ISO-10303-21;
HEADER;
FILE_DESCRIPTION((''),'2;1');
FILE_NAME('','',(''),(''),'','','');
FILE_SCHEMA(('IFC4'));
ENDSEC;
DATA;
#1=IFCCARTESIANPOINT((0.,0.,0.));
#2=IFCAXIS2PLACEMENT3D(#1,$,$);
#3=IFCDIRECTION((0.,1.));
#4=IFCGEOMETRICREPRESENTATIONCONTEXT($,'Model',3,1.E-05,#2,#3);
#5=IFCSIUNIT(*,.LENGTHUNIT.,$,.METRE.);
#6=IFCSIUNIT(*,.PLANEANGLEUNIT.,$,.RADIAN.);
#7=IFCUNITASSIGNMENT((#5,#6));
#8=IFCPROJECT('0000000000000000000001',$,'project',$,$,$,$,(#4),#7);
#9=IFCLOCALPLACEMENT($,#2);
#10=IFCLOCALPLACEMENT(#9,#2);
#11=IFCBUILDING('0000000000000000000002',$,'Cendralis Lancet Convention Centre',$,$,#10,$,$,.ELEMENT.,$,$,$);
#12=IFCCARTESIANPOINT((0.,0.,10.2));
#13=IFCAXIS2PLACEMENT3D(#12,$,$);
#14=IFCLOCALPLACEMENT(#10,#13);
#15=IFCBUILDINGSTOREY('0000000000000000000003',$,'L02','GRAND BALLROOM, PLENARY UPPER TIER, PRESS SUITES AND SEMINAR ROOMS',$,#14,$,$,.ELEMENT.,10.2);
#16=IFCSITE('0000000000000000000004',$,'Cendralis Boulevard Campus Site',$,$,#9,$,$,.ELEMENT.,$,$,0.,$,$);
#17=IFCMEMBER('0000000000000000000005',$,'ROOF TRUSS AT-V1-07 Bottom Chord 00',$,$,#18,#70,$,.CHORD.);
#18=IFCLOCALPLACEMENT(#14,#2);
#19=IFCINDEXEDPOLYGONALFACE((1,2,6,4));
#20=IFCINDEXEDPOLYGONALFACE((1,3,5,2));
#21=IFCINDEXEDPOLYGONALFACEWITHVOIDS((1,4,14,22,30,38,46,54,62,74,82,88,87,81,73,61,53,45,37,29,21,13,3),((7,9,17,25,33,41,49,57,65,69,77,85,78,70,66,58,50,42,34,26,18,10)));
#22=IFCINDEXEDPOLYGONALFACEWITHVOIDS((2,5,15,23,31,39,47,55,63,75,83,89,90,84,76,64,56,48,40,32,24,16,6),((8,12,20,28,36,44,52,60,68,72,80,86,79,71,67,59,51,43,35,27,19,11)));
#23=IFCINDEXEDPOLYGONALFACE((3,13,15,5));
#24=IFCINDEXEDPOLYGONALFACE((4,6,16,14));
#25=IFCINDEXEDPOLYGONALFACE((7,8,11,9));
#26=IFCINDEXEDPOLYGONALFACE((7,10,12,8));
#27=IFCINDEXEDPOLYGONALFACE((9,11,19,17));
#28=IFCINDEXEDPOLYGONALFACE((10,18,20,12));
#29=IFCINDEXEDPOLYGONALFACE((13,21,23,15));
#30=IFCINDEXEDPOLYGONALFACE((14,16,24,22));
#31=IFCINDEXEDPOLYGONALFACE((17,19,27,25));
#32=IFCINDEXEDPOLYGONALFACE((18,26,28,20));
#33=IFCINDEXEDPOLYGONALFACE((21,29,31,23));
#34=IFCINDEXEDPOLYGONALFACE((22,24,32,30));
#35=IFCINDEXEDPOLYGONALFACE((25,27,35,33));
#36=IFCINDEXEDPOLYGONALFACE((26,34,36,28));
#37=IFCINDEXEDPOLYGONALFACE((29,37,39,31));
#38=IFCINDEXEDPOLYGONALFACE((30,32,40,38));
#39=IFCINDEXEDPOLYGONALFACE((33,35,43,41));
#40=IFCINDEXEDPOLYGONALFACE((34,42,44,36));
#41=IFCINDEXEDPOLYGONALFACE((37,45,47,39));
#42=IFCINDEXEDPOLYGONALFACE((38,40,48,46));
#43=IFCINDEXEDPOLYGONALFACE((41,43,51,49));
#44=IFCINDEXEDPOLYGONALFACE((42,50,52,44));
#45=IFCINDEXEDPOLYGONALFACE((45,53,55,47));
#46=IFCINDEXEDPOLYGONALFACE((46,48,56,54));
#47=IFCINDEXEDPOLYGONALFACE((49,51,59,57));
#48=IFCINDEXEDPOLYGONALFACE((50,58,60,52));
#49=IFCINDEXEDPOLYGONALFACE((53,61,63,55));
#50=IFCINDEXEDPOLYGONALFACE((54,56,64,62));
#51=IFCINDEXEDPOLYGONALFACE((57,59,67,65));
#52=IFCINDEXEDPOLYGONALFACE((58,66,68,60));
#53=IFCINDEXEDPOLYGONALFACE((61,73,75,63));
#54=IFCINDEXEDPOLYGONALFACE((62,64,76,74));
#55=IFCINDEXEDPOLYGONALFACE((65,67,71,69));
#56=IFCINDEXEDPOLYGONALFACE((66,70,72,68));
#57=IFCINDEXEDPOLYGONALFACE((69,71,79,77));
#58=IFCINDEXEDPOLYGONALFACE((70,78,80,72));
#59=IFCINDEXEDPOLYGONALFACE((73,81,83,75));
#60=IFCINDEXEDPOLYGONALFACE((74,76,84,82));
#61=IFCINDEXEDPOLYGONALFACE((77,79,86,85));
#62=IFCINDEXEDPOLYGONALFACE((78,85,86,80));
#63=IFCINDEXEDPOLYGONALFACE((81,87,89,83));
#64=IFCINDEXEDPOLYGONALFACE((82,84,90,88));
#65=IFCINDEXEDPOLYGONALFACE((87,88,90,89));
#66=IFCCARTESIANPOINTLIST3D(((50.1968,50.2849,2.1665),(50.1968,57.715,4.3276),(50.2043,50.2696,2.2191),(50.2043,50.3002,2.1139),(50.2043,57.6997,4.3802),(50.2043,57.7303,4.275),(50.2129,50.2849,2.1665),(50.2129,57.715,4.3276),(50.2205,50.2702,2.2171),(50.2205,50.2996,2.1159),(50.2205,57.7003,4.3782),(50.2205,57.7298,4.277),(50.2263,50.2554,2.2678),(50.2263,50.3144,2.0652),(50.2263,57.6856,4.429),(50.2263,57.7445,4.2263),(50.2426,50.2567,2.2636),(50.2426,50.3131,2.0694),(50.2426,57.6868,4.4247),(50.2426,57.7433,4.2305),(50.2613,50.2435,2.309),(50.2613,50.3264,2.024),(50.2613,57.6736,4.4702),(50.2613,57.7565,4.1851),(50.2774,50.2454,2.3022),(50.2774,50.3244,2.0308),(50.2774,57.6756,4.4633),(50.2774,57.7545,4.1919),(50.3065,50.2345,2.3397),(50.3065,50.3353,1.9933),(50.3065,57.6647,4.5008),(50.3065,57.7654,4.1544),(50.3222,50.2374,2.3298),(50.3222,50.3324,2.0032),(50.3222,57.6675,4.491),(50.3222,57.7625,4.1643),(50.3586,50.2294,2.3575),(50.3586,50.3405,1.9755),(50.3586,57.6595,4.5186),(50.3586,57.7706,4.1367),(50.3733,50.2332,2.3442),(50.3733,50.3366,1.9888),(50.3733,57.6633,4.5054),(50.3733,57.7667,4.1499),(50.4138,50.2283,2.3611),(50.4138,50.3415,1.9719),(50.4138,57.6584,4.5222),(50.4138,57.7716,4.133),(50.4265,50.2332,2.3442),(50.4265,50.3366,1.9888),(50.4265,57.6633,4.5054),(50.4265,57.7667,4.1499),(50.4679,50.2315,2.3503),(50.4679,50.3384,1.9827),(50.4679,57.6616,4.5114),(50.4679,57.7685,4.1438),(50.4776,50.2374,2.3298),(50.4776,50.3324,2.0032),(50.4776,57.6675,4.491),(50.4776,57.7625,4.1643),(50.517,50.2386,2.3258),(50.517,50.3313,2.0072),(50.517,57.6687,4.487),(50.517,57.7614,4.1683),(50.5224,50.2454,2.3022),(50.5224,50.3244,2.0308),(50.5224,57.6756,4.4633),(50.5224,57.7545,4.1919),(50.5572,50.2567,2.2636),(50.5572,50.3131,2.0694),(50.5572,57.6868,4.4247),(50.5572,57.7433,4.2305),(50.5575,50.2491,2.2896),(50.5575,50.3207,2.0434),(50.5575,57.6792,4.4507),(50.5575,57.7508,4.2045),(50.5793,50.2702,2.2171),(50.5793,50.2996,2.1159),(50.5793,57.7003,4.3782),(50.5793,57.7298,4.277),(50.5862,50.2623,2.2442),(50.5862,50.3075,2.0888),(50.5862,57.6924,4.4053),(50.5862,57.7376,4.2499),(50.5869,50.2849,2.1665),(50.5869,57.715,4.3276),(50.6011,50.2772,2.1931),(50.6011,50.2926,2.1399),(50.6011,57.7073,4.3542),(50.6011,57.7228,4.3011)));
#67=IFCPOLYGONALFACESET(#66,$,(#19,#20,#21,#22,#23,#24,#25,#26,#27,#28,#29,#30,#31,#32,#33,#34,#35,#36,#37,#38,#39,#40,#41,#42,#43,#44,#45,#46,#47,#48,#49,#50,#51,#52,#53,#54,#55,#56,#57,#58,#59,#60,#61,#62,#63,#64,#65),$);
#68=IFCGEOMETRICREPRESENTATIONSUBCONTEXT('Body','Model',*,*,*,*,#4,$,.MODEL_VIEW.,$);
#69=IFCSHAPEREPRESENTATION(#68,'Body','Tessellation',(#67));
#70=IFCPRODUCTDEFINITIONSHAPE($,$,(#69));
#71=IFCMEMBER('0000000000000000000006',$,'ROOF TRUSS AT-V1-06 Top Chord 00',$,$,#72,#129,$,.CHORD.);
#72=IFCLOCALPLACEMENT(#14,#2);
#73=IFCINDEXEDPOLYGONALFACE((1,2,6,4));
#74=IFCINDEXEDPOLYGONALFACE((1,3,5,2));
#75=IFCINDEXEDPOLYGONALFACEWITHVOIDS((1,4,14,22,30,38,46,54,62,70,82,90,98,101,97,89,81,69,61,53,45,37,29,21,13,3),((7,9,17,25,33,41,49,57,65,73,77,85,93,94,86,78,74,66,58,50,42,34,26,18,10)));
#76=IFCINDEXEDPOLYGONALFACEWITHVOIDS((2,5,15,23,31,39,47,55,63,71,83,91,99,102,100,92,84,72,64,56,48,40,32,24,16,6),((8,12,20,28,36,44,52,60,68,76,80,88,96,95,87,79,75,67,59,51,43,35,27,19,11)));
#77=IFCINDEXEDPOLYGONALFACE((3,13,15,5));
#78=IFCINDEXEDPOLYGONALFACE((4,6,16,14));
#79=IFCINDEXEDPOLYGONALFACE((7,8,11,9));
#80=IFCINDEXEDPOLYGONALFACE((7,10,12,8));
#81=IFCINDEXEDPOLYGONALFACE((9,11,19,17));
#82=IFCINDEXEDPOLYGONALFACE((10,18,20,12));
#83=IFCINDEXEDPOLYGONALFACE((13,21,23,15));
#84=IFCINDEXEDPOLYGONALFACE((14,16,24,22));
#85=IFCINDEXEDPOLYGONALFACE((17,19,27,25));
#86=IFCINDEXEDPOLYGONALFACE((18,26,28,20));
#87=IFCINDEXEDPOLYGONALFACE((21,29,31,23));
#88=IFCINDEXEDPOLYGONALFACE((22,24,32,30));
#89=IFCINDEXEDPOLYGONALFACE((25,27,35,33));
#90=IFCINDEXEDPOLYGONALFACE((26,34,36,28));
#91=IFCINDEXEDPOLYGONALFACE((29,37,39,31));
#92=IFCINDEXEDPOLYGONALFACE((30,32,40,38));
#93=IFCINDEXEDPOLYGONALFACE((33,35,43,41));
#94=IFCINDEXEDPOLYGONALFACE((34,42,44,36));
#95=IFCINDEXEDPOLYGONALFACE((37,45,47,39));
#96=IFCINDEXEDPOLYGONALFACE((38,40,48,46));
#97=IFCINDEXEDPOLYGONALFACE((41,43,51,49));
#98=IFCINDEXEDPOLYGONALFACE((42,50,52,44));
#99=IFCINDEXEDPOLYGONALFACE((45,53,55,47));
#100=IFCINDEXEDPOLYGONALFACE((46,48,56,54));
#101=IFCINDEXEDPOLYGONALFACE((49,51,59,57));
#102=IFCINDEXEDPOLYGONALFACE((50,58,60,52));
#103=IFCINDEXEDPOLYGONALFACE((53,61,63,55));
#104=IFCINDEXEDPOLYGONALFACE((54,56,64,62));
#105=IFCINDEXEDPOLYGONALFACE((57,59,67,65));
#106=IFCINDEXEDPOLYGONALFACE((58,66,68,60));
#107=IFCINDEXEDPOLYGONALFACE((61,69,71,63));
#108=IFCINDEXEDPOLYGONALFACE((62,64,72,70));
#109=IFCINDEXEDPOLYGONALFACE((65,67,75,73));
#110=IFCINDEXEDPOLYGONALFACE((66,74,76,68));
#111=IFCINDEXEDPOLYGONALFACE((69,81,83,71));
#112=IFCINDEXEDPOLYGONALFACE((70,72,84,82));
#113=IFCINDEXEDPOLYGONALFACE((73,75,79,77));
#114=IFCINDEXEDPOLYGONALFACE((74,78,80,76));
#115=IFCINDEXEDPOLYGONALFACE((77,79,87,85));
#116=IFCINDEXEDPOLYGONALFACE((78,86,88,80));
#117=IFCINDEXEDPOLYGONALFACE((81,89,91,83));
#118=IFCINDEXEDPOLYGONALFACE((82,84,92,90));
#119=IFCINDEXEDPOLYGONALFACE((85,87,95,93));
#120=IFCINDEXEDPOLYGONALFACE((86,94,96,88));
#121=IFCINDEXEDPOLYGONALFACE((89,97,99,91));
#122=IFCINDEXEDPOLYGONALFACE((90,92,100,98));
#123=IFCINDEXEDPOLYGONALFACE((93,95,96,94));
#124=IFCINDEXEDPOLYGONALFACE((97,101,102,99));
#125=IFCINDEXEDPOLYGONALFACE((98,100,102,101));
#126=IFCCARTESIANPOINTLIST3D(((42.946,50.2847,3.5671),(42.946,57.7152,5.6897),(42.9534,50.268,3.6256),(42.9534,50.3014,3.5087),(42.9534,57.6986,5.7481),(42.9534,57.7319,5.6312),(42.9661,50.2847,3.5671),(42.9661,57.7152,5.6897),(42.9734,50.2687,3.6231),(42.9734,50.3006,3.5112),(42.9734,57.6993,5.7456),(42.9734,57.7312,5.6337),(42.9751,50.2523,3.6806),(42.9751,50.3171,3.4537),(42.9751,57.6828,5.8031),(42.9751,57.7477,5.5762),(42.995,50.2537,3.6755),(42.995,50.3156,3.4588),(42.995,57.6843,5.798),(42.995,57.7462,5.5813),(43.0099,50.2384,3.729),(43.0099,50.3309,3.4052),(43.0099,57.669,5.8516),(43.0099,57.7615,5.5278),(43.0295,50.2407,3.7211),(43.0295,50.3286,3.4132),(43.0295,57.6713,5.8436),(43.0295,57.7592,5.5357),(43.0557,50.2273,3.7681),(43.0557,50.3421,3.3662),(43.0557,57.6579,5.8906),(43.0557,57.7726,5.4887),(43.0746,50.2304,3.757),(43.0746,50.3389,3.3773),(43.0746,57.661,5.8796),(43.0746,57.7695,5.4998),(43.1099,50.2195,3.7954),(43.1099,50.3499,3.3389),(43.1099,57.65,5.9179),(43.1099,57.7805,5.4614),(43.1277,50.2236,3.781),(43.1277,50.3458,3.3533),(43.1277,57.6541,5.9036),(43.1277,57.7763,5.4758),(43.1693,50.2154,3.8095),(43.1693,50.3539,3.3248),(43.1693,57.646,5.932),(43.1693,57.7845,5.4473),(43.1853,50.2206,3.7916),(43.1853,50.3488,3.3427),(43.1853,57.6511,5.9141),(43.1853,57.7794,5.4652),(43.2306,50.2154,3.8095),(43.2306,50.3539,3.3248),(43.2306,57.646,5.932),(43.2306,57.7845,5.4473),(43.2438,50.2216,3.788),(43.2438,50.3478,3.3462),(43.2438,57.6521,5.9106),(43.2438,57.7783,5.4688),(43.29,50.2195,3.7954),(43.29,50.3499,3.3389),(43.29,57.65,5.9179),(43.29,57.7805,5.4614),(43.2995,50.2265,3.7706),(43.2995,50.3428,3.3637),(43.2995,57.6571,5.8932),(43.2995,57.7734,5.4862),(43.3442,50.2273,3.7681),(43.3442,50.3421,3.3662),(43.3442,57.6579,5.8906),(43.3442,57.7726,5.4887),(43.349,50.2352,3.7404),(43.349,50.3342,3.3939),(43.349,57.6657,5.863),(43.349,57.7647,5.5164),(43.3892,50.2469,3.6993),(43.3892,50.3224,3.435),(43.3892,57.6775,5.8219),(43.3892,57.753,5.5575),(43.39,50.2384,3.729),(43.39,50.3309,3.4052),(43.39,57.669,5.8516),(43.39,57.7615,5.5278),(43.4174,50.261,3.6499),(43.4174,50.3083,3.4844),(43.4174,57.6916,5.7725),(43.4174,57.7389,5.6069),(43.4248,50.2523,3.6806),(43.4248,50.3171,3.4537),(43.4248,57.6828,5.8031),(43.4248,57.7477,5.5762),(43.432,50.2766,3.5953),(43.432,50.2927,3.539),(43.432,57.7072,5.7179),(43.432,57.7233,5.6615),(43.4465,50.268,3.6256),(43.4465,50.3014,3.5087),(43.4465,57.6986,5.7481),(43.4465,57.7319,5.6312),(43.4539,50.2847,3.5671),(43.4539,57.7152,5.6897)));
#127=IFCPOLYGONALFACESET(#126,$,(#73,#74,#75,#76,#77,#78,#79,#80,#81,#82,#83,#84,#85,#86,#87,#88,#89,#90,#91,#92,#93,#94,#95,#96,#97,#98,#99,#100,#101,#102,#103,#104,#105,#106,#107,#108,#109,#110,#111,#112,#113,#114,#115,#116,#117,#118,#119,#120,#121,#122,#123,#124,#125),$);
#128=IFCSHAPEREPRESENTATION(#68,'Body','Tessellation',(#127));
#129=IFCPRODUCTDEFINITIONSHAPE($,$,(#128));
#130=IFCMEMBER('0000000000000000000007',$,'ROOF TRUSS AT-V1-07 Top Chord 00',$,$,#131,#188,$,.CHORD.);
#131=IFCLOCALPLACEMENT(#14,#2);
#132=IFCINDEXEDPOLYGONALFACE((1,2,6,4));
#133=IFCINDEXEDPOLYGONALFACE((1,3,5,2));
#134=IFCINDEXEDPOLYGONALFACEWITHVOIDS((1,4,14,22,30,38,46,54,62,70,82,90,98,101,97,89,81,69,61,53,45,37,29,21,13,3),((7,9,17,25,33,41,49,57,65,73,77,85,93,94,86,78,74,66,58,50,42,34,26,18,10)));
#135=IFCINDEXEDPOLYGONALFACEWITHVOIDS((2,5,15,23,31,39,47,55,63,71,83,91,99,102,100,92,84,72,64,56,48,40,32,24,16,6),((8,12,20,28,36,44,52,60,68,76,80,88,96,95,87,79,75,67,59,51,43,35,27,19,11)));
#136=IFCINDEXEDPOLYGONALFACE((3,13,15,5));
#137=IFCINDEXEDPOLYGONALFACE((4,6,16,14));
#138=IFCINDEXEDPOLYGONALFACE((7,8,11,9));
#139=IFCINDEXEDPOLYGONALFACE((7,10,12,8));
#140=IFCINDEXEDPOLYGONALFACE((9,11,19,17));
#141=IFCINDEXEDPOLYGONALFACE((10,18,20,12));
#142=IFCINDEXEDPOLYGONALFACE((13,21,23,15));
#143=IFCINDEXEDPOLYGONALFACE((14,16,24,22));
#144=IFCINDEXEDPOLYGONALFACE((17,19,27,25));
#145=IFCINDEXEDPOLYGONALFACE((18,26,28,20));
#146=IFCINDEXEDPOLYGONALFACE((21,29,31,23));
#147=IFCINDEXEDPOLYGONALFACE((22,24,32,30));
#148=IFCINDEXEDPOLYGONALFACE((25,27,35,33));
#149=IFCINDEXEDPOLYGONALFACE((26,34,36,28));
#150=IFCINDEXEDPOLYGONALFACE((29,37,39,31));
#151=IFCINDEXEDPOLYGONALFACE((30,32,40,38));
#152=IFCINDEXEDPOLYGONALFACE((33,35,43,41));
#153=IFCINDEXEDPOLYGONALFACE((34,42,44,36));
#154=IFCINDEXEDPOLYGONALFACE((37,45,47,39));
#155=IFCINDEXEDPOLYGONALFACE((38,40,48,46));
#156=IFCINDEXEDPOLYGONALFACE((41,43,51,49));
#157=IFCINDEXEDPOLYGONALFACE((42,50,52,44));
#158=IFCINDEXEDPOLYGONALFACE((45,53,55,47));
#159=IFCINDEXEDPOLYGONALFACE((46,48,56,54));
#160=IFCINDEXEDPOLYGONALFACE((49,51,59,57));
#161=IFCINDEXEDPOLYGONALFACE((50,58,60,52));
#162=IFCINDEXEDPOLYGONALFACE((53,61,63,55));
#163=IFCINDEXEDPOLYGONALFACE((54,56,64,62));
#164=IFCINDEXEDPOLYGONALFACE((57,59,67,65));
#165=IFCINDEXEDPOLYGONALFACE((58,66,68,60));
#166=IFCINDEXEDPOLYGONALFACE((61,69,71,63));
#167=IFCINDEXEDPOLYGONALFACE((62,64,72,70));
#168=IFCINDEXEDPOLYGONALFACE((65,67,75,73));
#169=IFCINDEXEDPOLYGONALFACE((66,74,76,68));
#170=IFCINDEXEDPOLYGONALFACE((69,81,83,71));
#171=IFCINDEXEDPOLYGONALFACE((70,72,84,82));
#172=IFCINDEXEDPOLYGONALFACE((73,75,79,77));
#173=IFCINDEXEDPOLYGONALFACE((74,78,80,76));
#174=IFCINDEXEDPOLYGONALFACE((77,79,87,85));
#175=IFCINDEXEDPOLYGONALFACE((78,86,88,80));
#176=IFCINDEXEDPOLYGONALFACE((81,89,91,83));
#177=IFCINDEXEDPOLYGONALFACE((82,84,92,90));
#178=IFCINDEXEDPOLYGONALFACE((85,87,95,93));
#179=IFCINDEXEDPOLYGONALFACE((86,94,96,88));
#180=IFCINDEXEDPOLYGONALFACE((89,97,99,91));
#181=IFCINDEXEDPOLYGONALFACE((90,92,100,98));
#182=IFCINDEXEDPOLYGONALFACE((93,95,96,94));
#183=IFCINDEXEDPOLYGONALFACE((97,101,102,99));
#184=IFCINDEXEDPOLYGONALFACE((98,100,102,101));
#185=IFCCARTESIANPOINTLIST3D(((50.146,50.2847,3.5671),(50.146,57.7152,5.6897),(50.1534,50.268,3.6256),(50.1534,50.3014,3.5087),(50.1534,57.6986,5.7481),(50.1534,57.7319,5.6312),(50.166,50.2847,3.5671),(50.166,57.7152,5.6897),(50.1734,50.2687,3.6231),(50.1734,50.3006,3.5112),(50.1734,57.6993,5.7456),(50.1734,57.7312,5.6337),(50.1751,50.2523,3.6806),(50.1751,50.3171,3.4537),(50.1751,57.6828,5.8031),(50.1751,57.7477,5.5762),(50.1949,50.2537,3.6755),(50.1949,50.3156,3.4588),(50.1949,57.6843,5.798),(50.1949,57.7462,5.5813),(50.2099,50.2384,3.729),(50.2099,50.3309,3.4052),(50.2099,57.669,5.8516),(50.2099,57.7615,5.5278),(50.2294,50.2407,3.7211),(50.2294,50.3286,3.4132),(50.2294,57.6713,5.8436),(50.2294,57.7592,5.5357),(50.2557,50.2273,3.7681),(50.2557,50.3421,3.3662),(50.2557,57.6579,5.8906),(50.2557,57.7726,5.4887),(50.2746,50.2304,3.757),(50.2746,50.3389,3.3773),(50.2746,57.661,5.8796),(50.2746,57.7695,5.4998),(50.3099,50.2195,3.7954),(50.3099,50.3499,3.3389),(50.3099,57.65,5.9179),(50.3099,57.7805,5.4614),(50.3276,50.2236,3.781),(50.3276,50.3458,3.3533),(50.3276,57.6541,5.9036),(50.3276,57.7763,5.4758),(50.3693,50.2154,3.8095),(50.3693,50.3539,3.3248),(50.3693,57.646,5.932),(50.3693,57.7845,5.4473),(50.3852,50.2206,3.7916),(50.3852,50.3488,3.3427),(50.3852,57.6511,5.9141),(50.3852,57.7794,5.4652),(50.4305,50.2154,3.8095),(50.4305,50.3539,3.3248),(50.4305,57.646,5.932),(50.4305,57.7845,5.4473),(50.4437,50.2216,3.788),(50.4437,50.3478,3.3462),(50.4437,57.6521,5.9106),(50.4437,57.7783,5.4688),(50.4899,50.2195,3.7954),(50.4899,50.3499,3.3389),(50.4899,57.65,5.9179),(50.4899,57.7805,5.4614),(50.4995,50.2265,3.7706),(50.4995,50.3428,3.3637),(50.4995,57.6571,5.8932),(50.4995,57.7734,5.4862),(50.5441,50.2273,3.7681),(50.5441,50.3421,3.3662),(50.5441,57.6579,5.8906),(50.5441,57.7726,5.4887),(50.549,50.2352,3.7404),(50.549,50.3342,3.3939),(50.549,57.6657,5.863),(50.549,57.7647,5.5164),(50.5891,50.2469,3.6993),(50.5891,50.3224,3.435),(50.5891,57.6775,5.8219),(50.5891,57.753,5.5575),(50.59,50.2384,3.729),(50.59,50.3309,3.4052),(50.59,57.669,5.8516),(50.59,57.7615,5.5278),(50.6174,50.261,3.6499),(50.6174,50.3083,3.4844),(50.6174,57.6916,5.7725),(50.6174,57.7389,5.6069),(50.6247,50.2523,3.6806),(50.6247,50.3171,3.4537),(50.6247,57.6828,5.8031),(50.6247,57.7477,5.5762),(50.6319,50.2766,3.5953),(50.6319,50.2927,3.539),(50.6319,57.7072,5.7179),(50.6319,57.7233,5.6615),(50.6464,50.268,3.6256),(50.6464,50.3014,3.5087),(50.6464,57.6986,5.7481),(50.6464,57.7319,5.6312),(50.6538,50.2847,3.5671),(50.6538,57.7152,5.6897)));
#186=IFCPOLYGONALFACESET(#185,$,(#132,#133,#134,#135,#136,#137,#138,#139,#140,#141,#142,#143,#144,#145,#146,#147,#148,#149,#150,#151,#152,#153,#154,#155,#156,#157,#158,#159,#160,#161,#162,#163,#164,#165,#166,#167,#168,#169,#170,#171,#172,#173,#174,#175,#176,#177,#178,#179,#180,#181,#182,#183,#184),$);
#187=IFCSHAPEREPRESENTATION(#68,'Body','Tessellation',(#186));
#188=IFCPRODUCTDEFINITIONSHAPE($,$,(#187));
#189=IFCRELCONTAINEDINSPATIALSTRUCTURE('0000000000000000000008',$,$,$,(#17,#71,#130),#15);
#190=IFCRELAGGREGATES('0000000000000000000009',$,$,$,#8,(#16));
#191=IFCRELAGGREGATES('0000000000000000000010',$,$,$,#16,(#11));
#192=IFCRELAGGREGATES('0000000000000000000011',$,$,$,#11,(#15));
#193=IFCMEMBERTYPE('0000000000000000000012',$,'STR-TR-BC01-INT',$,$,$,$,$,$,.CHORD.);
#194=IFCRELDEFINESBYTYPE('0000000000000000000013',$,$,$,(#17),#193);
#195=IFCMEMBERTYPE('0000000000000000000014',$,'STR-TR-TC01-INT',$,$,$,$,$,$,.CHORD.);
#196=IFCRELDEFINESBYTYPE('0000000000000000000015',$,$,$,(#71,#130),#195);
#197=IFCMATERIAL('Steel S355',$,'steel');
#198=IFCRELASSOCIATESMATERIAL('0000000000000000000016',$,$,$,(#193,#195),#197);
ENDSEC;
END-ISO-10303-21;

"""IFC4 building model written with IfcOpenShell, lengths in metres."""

from ifc_helpers import new_model, si_unit, direction, frame, origin, origin_2d, place, context, subcontext, project, spatial, hollow_circle, extrude, material, material_profile, profile_set, type_object, element, save


model = new_model("IFC4")

# Units and contexts
model_context = context("Model", 3, precision=1e-05, world=origin(), true_north=direction((0.0, 1.0)))
body_context = subcontext(model_context, "Body", "Model", "MODEL_VIEW")
ifc_project = project(units=[si_unit("LENGTHUNIT", "METRE"), si_unit("PLANEANGLEUNIT", "RADIAN")], contexts=[model_context])

# Site, building, storey
site_placement = place(None, origin())
site = spatial("IfcSite", under=ifc_project, at=site_placement, Name="Cendralis Boulevard Campus Site", CompositionType="ELEMENT", RefElevation=0.0)
building_placement = place(site_placement, origin())
building = spatial("IfcBuilding", under=site, at=building_placement, Name="Cendralis Lancet Convention Centre", CompositionType="ELEMENT")
storey_placement = place(building_placement, frame((0.0, 0.0, 10.2)))
storey = spatial("IfcBuildingStorey", under=building, at=storey_placement, Name="L02", Description="GRAND BALLROOM, PLENARY UPPER TIER, PRESS SUITES AND SEMINAR ROOMS", CompositionType="ELEMENT", Elevation=10.2)

# Shared definitions
ifc_material_1 = material(Name="Steel S355", Category="steel")

# Members
ifc_material_profile_1 = material_profile(ifc_material_1, hollow_circle(Radius=0.2031, WallThickness=0.0161, at=origin_2d()), Name="CHS 406.4x16.0")
ifc_profile_set_1 = profile_set([ifc_material_profile_1], Name="Steel S355")
member_type_1 = type_object("IfcMemberType", Name="STR-TR-BC01-INT", PredefinedType="CHORD", material=ifc_profile_set_1)
for number, where, z_axis, x_axis, name in (
    (1, (50.3999, 50.2849, 2.1665), (0.0, 0.960208, 0.279285), (-1.0, 0.0, 0.0), "ROOF TRUSS AT-V1-07 Bottom Chord 00"),
):
    element("IfcMember", number, at=place(storey_placement, frame(where, z_axis=z_axis, x_axis=x_axis)), inside=storey, type_object=member_type_1, Name=name, PredefinedType="CHORD", context=body_context, shape_type="SweptSolid", body=[
        extrude(hollow_circle(Radius=0.2031, WallThickness=0.0161, at=origin_2d()), origin(), (0.0, 0.0, 1.0), 7.738),
    ])
ifc_material_profile_2 = material_profile(ifc_material_1, hollow_circle(Radius=0.2539, WallThickness=0.02, at=origin_2d()), Name="CHS 508.0x20.0")
ifc_profile_set_2 = profile_set([ifc_material_profile_2], Name="Steel S355")
member_type_2 = type_object("IfcMemberType", Name="STR-TR-TC01-INT", PredefinedType="CHORD", material=ifc_profile_set_2)
for number, where, z_axis, x_axis, name in (
    (2, (43.2, 50.2847, 3.5671), (0.0, 0.961541, 0.274663), (-1.0, 0.0, 0.0), "ROOF TRUSS AT-V1-06 Top Chord 00"),
    (3, (50.3999, 50.2847, 3.5671), (0.0, 0.961541, 0.274663), (-1.0, 0.0, 0.0), "ROOF TRUSS AT-V1-07 Top Chord 00"),
):
    element("IfcMember", number, at=place(storey_placement, frame(where, z_axis=z_axis, x_axis=x_axis)), inside=storey, type_object=member_type_2, Name=name, PredefinedType="CHORD", context=body_context, shape_type="SweptSolid", body=[
        extrude(hollow_circle(Radius=0.2539, WallThickness=0.02, at=origin_2d()), origin(), (0.0, 0.0, 1.0), 7.7278),
    ])

save(model, "model.ifc")
